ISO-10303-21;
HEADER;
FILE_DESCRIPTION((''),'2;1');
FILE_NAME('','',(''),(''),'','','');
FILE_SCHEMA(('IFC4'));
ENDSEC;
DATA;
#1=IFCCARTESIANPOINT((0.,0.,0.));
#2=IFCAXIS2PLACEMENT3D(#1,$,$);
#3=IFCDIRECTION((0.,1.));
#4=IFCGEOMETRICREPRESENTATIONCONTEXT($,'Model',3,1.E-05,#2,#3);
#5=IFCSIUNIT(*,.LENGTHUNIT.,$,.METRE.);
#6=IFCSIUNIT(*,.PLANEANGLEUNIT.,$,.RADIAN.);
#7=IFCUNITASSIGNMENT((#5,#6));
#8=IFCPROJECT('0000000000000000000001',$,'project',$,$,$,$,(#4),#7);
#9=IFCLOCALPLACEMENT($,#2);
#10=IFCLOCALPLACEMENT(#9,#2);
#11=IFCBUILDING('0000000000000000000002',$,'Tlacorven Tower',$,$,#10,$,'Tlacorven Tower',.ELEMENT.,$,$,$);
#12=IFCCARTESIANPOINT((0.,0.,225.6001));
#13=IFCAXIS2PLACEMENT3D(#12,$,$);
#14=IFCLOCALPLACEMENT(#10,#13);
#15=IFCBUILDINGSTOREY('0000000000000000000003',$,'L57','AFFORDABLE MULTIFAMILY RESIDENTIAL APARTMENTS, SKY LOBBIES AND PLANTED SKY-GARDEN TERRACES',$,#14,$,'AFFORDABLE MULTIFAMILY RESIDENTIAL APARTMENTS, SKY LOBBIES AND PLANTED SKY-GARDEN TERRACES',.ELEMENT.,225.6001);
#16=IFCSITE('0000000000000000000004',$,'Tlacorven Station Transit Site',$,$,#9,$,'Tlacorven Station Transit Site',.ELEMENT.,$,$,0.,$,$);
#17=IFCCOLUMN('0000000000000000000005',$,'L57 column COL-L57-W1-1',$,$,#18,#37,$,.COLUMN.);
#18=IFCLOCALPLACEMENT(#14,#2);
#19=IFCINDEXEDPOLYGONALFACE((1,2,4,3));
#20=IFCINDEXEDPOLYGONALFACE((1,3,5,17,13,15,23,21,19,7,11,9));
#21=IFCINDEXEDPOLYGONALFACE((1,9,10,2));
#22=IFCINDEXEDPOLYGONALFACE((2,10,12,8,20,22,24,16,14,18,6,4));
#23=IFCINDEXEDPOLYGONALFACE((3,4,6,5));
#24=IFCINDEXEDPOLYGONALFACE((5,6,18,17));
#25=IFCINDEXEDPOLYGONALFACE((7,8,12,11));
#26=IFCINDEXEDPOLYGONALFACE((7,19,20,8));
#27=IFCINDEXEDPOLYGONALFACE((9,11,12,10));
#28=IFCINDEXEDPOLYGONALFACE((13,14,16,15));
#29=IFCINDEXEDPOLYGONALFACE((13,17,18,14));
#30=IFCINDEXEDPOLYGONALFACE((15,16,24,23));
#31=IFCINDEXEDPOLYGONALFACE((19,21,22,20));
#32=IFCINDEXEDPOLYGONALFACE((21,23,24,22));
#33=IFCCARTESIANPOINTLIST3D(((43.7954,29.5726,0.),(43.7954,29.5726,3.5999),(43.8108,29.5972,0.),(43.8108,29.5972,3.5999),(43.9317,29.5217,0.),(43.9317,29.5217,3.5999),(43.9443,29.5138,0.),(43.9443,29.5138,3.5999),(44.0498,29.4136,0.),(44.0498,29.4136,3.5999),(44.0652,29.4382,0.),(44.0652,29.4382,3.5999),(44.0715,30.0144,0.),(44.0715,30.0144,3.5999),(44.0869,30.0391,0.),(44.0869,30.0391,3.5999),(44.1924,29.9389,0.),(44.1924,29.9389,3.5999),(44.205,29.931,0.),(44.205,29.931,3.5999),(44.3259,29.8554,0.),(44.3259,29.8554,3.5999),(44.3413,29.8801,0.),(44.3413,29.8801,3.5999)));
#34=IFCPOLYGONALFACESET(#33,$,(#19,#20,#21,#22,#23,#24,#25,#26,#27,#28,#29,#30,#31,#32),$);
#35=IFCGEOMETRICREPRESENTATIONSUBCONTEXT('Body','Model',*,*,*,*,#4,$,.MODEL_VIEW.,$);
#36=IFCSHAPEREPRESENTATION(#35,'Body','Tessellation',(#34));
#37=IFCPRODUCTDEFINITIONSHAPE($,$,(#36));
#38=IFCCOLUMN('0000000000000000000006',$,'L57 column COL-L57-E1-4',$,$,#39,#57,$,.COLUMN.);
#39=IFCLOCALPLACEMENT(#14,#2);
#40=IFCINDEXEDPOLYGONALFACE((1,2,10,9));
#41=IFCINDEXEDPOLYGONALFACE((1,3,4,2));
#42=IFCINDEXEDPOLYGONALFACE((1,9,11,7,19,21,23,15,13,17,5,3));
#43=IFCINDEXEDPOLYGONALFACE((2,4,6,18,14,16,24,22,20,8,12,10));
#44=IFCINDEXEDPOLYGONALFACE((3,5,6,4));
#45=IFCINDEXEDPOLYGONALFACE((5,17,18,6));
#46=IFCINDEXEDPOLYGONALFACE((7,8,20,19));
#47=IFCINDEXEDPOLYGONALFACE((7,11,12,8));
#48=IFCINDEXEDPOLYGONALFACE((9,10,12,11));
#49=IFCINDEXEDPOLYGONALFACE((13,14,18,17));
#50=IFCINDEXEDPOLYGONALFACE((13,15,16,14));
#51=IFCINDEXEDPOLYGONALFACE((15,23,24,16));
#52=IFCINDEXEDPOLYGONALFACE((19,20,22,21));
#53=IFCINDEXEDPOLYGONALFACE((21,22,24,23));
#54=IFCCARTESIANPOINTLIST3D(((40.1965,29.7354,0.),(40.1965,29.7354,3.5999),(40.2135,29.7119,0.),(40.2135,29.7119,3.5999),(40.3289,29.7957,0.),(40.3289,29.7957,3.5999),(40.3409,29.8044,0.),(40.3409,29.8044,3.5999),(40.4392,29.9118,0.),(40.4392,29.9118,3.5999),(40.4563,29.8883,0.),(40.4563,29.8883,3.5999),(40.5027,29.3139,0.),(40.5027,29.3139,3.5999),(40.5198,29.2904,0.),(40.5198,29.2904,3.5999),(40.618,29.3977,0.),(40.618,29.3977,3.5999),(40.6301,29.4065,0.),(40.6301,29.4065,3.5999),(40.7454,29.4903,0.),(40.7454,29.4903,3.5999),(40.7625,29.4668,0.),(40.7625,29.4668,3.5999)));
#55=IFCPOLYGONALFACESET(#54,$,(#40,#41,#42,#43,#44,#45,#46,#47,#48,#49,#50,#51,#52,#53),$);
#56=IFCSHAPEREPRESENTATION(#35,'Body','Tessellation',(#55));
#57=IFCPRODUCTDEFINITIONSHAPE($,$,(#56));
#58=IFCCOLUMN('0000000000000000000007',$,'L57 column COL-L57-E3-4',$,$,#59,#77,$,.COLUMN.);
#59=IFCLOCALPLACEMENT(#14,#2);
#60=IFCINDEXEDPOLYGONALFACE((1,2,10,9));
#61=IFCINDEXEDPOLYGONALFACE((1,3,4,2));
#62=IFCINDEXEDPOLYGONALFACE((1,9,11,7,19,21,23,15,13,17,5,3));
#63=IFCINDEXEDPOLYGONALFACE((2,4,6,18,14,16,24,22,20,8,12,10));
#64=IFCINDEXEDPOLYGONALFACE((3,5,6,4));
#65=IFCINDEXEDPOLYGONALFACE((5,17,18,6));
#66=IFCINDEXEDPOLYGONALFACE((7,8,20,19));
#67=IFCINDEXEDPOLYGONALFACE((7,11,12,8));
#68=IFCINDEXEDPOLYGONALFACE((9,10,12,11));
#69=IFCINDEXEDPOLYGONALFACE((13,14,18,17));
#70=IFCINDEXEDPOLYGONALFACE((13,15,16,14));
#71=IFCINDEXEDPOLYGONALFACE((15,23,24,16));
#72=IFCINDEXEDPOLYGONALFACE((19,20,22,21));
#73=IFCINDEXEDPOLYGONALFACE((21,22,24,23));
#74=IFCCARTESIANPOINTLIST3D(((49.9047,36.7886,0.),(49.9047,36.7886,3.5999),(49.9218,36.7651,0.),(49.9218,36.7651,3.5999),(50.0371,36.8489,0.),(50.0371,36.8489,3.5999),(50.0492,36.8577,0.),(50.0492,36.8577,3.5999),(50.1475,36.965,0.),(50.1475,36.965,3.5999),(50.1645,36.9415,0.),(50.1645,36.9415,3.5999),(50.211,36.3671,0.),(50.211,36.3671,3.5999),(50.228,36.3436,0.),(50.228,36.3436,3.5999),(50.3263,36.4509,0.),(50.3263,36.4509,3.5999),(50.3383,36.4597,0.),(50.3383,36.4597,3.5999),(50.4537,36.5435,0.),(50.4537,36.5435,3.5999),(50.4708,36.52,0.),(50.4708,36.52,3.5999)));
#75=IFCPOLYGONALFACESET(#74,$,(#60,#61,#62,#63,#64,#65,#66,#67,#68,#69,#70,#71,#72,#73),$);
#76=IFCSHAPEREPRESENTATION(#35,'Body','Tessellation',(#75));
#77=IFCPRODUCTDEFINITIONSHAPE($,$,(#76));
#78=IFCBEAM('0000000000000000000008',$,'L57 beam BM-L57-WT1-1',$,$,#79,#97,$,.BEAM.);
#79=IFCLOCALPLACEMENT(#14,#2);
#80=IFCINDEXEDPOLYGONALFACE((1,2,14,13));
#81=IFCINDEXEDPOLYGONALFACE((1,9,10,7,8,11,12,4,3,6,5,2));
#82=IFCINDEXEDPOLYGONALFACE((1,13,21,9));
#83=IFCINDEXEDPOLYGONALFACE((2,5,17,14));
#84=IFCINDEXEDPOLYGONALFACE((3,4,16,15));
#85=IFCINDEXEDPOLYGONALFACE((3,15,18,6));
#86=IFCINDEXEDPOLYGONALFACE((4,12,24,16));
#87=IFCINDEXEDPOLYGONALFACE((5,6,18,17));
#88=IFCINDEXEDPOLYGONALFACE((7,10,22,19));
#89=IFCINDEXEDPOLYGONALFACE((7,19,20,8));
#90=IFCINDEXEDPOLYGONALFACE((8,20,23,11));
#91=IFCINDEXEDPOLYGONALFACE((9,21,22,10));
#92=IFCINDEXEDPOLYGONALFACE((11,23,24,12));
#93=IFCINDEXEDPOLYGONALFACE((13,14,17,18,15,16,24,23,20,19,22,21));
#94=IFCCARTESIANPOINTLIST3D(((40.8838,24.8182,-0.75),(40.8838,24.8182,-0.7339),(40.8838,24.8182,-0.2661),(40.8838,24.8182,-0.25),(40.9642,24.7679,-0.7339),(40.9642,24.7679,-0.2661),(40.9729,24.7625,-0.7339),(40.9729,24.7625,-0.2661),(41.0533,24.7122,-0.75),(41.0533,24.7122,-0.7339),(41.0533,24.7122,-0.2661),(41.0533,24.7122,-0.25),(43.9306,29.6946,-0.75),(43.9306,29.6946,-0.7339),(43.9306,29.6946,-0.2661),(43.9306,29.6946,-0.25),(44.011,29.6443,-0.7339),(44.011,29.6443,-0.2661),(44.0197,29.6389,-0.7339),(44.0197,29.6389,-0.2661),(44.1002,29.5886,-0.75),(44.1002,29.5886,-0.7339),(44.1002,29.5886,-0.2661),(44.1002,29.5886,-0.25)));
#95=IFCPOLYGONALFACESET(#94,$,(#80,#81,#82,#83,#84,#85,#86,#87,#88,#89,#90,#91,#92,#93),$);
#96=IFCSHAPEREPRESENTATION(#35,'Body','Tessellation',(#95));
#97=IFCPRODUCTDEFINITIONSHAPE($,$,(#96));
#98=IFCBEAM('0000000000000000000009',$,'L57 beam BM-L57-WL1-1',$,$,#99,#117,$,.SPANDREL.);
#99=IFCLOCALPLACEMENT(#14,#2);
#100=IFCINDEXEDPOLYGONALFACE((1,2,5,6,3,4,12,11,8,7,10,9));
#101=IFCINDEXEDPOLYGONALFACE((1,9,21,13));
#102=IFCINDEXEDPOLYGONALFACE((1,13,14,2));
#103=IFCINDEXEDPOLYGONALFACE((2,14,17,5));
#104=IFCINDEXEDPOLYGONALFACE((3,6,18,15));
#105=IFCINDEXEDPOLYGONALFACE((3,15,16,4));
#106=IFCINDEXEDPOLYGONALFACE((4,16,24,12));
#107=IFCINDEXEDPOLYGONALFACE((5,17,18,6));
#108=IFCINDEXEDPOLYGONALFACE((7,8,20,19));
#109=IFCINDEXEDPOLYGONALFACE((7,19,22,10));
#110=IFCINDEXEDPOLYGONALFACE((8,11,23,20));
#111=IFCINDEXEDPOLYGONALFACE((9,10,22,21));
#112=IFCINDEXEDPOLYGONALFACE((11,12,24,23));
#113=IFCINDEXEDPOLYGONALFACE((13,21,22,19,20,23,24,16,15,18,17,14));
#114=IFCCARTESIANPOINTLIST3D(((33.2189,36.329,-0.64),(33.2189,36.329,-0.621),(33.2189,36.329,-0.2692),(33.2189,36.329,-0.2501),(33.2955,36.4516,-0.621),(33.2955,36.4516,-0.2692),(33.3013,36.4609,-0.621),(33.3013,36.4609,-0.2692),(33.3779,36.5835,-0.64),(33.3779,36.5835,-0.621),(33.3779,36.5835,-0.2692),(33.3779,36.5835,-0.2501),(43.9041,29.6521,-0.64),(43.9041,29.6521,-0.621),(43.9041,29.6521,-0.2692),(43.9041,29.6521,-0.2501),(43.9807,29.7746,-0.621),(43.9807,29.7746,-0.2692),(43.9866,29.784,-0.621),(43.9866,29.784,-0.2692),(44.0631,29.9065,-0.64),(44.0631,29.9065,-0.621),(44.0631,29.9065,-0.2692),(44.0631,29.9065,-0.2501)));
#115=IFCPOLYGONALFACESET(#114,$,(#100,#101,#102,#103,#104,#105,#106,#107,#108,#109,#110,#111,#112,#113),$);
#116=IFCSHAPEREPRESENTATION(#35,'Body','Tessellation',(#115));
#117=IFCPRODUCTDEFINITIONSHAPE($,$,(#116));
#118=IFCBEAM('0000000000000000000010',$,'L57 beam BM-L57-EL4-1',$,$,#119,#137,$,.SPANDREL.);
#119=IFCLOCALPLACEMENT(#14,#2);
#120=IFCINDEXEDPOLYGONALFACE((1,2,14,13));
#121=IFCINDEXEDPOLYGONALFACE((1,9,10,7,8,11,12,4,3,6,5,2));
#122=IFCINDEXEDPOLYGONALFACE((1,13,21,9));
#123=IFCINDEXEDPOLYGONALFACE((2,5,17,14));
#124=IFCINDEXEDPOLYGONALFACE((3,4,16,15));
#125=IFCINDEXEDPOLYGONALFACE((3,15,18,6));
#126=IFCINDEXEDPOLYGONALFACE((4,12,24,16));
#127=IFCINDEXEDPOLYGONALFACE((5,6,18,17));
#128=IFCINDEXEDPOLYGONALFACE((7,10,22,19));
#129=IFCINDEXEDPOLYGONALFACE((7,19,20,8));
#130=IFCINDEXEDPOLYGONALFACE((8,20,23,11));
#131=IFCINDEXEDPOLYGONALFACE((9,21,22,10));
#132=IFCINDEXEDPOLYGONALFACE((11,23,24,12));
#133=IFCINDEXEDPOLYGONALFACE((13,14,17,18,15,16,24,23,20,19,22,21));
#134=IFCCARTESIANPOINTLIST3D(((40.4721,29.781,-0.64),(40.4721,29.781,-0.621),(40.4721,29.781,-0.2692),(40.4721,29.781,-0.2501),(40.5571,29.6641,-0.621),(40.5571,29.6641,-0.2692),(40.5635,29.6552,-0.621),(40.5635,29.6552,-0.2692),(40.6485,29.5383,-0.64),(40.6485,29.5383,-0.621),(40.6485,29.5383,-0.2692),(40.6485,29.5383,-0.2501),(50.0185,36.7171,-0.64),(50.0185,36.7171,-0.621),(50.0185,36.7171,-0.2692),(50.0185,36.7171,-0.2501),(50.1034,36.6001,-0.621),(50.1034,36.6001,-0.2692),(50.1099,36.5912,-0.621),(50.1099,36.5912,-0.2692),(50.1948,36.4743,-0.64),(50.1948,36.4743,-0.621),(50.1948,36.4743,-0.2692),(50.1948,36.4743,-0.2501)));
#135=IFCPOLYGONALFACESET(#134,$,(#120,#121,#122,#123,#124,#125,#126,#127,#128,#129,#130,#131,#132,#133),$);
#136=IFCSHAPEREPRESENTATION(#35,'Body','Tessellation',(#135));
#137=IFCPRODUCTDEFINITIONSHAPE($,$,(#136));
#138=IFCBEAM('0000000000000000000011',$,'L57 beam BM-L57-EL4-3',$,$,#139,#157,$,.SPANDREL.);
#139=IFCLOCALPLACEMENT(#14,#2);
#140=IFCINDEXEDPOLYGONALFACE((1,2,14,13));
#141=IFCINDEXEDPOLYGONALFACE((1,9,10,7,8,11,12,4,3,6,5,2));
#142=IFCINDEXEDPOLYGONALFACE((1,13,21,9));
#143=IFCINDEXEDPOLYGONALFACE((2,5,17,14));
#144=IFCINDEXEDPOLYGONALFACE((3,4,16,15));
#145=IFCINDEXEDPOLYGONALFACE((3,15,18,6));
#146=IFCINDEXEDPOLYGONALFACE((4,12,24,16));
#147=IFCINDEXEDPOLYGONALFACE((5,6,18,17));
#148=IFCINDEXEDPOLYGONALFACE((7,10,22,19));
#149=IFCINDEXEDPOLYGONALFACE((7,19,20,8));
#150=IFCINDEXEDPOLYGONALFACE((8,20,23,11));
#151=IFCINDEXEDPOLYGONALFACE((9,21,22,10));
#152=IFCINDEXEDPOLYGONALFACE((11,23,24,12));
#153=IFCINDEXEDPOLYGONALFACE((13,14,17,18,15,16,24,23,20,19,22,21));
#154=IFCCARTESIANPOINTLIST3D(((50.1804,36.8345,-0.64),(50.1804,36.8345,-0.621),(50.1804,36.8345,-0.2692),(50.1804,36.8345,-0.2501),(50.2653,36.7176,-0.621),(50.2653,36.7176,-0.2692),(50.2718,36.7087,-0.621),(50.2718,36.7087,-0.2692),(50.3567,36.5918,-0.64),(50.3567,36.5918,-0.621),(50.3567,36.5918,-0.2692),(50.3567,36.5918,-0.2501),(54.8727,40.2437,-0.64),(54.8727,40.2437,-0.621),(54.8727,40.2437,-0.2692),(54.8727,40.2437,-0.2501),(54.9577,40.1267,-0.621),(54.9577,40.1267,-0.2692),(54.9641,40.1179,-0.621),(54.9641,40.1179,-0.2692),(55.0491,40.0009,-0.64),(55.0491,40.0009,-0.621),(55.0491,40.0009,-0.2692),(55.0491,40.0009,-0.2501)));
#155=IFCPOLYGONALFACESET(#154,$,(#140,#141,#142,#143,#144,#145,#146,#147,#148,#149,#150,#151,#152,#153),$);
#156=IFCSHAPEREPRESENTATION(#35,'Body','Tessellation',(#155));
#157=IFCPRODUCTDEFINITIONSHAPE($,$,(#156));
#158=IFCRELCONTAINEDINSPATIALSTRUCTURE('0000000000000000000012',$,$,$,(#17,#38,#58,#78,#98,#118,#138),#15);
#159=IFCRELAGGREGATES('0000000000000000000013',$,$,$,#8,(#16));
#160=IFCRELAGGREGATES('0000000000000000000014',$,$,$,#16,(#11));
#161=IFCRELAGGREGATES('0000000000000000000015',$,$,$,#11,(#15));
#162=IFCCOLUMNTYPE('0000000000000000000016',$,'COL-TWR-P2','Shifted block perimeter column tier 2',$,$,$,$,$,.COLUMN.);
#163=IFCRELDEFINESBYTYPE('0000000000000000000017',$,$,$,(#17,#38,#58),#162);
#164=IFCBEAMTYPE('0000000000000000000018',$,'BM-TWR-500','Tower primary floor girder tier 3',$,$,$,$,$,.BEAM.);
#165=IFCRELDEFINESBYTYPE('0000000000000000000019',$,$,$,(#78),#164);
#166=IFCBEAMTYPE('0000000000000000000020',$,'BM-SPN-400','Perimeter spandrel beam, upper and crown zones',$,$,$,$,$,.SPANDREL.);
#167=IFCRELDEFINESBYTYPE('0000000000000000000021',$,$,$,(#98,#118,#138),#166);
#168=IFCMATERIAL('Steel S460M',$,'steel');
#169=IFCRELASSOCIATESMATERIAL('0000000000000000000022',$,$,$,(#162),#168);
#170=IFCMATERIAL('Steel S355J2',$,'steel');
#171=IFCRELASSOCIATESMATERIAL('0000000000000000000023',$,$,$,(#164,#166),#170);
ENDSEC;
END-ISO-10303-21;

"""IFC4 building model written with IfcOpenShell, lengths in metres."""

from ifc_helpers import new_model, si_unit, direction, frame, origin, origin_2d, place, context, subcontext, project, spatial, i_section, extrude, source, transform, mapped, material, material_profile, profile_set, type_object, element, save


model = new_model("IFC4")

# Units and contexts
model_context = context("Model", 3, precision=1e-05, world=origin(), true_north=direction((0.0, 1.0)))
body_context = subcontext(model_context, "Body", "Model", "MODEL_VIEW")
ifc_project = project(units=[si_unit("LENGTHUNIT", "METRE"), si_unit("PLANEANGLEUNIT", "RADIAN")], contexts=[model_context])

# Site, building, storey
site_placement = place(None, origin())
site = spatial("IfcSite", under=ifc_project, at=site_placement, Name="Tlacorven Station Transit Site", LongName="Tlacorven Station Transit Site", CompositionType="ELEMENT", RefElevation=0.0)
building_placement = place(site_placement, origin())
building = spatial("IfcBuilding", under=site, at=building_placement, Name="Tlacorven Tower", LongName="Tlacorven Tower", CompositionType="ELEMENT")
storey_placement = place(building_placement, frame((0.0, 0.0, 225.6001)))
storey = spatial("IfcBuildingStorey", under=building, at=storey_placement, Name="L57", Description="AFFORDABLE MULTIFAMILY RESIDENTIAL APARTMENTS, SKY LOBBIES AND PLANTED SKY-GARDEN TERRACES", LongName="AFFORDABLE MULTIFAMILY RESIDENTIAL APARTMENTS, SKY LOBBIES AND PLANTED SKY-GARDEN TERRACES", CompositionType="ELEMENT", Elevation=225.6001)

# Columns
ifc_material_1 = material(Name="Steel S460M", Category="steel")
ifc_material_profile_1 = material_profile(ifc_material_1, i_section(OverallWidth=0.3, OverallDepth=0.55, WebThickness=0.0149, FlangeThickness=0.0291, at=origin_2d()), Name="HEB 550")
ifc_profile_set_1 = profile_set([ifc_material_profile_1], Name="Steel S460M")
column_type = type_object("IfcColumnType", Name="COL-TWR-P2", Description="Shifted block perimeter column tier 2", PredefinedType="COLUMN", material=ifc_profile_set_1)
shared_shape_1 = source(origin(), body_context, "Body", "SweptSolid", [
    extrude(i_section(OverallWidth=0.3, OverallDepth=0.55, WebThickness=0.0149, FlangeThickness=0.0291, at=origin_2d()), origin(), (0.0, 0.0, 1.0), 3.5999),
])
for number, where, z_axis, x_axis, name in (
    (1, (44.0684, 29.7263, 0.0), (0.0, 0.0, 1.0), (-0.848048, 0.529919, 0.0), "L57 column COL-L57-W1-1"),
    (2, (40.4795, 29.6011, 0.0), (0.0, 0.0, 1.0), (0.809017, 0.587785, 0.0), "L57 column COL-L57-E1-4"),
    (3, (50.1877, 36.6543, 0.0), (0.0, 0.0, 1.0), (0.809017, 0.587785, 0.0), "L57 column COL-L57-E3-4"),
):
    element("IfcColumn", number, at=place(storey_placement, frame(where, z_axis=z_axis, x_axis=x_axis)), inside=storey, type_object=column_type, Name=name, PredefinedType="COLUMN", context=body_context, shape_type="MappedRepresentation", body=[
        mapped(shared_shape_1, transform((0.0, 0.0, 0.0), scale=1.0)),
    ])

# Beams
ifc_material_2 = material(Name="Steel S355J2", Category="steel")
ifc_material_profile_2 = material_profile(ifc_material_2, i_section(OverallWidth=0.2, OverallDepth=0.5, WebThickness=0.0103, FlangeThickness=0.0161, at=origin_2d()), Name="IPE 500")
ifc_profile_set_2 = profile_set([ifc_material_profile_2], Name="Steel S355J2")
beam_type_1 = type_object("IfcBeamType", Name="BM-TWR-500", Description="Tower primary floor girder tier 3", PredefinedType="BEAM", material=ifc_profile_set_2)
shared_shape_2 = source(origin(), body_context, "Body", "SweptSolid", [
    extrude(i_section(OverallWidth=0.2, OverallDepth=0.5, WebThickness=0.0103, FlangeThickness=0.0161, at=origin_2d()), origin(), (0.0, 0.0, 1.0), 5.75),
])
beam_1_placement = place(storey_placement, frame((44.0154, 29.6416, -0.5), z_axis=(-0.529884, -0.84807, 0.0), x_axis=(0.84807, -0.529884, 0.0)))
element("IfcBeam", 4, at=beam_1_placement, inside=storey, type_object=beam_type_1, Name="L57 beam BM-L57-WT1-1", PredefinedType="BEAM", context=body_context, shape_type="MappedRepresentation", body=[
    mapped(shared_shape_2, transform((0.0, 0.0, 0.0), scale=1.0)),
])
ifc_material_profile_3 = material_profile(ifc_material_2, i_section(OverallWidth=0.3, OverallDepth=0.3899, WebThickness=0.011, FlangeThickness=0.019, at=origin_2d()), Name="HEA 400")
ifc_profile_set_3 = profile_set([ifc_material_profile_3], Name="Steel S355J2")
beam_type_2 = type_object("IfcBeamType", Name="BM-SPN-400", Description="Perimeter spandrel beam, upper and crown zones", PredefinedType="SPANDREL", material=ifc_profile_set_3)
shared_shape_3 = source(origin(), body_context, "Body", "SweptSolid", [
    extrude(i_section(OverallWidth=0.3, OverallDepth=0.3899, WebThickness=0.011, FlangeThickness=0.019, at=origin_2d()), origin(), (0.0, 0.0, 1.0), 12.5999),
])
beam_2_placement = place(storey_placement, frame((43.9836, 29.7793, -0.4451), z_axis=(-0.848045, 0.529924, 0.0), x_axis=(-0.529924, -0.848045, 0.0)))
element("IfcBeam", 5, at=beam_2_placement, inside=storey, type_object=beam_type_2, Name="L57 beam BM-L57-WL1-1", PredefinedType="SPANDREL", context=body_context, shape_type="MappedRepresentation", body=[
    mapped(shared_shape_3, transform((0.0, 0.0, 0.0), scale=1.0)),
])
shared_shape_4 = source(origin(), body_context, "Body", "SweptSolid", [
    extrude(i_section(OverallWidth=0.3, OverallDepth=0.3899, WebThickness=0.011, FlangeThickness=0.019, at=origin_2d()), origin(), (0.0, 0.0, 1.0), 11.8),
])
beam_3_placement = place(storey_placement, frame((40.5603, 29.6597, -0.4451), z_axis=(0.80901, 0.587795, 0.0), x_axis=(-0.587795, 0.80901, 0.0)))
element("IfcBeam", 6, at=beam_3_placement, inside=storey, type_object=beam_type_2, Name="L57 beam BM-L57-EL4-1", PredefinedType="SPANDREL", context=body_context, shape_type="MappedRepresentation", body=[
    mapped(shared_shape_4, transform((0.0, 0.0, 0.0), scale=1.0)),
])
shared_shape_5 = source(origin(), body_context, "Body", "SweptSolid", [
    extrude(i_section(OverallWidth=0.3, OverallDepth=0.3899, WebThickness=0.011, FlangeThickness=0.019, at=origin_2d()), origin(), (0.0, 0.0, 1.0), 5.8),
])
beam_4_placement = place(storey_placement, frame((50.2686, 36.7131, -0.4451), z_axis=(0.80902, 0.587781, 0.0), x_axis=(-0.587781, 0.80902, 0.0)))
element("IfcBeam", 7, at=beam_4_placement, inside=storey, type_object=beam_type_2, Name="L57 beam BM-L57-EL4-3", PredefinedType="SPANDREL", context=body_context, shape_type="MappedRepresentation", body=[
    mapped(shared_shape_5, transform((0.0, 0.0, 0.0), scale=1.0)),
])

save(model, "model.ifc")
